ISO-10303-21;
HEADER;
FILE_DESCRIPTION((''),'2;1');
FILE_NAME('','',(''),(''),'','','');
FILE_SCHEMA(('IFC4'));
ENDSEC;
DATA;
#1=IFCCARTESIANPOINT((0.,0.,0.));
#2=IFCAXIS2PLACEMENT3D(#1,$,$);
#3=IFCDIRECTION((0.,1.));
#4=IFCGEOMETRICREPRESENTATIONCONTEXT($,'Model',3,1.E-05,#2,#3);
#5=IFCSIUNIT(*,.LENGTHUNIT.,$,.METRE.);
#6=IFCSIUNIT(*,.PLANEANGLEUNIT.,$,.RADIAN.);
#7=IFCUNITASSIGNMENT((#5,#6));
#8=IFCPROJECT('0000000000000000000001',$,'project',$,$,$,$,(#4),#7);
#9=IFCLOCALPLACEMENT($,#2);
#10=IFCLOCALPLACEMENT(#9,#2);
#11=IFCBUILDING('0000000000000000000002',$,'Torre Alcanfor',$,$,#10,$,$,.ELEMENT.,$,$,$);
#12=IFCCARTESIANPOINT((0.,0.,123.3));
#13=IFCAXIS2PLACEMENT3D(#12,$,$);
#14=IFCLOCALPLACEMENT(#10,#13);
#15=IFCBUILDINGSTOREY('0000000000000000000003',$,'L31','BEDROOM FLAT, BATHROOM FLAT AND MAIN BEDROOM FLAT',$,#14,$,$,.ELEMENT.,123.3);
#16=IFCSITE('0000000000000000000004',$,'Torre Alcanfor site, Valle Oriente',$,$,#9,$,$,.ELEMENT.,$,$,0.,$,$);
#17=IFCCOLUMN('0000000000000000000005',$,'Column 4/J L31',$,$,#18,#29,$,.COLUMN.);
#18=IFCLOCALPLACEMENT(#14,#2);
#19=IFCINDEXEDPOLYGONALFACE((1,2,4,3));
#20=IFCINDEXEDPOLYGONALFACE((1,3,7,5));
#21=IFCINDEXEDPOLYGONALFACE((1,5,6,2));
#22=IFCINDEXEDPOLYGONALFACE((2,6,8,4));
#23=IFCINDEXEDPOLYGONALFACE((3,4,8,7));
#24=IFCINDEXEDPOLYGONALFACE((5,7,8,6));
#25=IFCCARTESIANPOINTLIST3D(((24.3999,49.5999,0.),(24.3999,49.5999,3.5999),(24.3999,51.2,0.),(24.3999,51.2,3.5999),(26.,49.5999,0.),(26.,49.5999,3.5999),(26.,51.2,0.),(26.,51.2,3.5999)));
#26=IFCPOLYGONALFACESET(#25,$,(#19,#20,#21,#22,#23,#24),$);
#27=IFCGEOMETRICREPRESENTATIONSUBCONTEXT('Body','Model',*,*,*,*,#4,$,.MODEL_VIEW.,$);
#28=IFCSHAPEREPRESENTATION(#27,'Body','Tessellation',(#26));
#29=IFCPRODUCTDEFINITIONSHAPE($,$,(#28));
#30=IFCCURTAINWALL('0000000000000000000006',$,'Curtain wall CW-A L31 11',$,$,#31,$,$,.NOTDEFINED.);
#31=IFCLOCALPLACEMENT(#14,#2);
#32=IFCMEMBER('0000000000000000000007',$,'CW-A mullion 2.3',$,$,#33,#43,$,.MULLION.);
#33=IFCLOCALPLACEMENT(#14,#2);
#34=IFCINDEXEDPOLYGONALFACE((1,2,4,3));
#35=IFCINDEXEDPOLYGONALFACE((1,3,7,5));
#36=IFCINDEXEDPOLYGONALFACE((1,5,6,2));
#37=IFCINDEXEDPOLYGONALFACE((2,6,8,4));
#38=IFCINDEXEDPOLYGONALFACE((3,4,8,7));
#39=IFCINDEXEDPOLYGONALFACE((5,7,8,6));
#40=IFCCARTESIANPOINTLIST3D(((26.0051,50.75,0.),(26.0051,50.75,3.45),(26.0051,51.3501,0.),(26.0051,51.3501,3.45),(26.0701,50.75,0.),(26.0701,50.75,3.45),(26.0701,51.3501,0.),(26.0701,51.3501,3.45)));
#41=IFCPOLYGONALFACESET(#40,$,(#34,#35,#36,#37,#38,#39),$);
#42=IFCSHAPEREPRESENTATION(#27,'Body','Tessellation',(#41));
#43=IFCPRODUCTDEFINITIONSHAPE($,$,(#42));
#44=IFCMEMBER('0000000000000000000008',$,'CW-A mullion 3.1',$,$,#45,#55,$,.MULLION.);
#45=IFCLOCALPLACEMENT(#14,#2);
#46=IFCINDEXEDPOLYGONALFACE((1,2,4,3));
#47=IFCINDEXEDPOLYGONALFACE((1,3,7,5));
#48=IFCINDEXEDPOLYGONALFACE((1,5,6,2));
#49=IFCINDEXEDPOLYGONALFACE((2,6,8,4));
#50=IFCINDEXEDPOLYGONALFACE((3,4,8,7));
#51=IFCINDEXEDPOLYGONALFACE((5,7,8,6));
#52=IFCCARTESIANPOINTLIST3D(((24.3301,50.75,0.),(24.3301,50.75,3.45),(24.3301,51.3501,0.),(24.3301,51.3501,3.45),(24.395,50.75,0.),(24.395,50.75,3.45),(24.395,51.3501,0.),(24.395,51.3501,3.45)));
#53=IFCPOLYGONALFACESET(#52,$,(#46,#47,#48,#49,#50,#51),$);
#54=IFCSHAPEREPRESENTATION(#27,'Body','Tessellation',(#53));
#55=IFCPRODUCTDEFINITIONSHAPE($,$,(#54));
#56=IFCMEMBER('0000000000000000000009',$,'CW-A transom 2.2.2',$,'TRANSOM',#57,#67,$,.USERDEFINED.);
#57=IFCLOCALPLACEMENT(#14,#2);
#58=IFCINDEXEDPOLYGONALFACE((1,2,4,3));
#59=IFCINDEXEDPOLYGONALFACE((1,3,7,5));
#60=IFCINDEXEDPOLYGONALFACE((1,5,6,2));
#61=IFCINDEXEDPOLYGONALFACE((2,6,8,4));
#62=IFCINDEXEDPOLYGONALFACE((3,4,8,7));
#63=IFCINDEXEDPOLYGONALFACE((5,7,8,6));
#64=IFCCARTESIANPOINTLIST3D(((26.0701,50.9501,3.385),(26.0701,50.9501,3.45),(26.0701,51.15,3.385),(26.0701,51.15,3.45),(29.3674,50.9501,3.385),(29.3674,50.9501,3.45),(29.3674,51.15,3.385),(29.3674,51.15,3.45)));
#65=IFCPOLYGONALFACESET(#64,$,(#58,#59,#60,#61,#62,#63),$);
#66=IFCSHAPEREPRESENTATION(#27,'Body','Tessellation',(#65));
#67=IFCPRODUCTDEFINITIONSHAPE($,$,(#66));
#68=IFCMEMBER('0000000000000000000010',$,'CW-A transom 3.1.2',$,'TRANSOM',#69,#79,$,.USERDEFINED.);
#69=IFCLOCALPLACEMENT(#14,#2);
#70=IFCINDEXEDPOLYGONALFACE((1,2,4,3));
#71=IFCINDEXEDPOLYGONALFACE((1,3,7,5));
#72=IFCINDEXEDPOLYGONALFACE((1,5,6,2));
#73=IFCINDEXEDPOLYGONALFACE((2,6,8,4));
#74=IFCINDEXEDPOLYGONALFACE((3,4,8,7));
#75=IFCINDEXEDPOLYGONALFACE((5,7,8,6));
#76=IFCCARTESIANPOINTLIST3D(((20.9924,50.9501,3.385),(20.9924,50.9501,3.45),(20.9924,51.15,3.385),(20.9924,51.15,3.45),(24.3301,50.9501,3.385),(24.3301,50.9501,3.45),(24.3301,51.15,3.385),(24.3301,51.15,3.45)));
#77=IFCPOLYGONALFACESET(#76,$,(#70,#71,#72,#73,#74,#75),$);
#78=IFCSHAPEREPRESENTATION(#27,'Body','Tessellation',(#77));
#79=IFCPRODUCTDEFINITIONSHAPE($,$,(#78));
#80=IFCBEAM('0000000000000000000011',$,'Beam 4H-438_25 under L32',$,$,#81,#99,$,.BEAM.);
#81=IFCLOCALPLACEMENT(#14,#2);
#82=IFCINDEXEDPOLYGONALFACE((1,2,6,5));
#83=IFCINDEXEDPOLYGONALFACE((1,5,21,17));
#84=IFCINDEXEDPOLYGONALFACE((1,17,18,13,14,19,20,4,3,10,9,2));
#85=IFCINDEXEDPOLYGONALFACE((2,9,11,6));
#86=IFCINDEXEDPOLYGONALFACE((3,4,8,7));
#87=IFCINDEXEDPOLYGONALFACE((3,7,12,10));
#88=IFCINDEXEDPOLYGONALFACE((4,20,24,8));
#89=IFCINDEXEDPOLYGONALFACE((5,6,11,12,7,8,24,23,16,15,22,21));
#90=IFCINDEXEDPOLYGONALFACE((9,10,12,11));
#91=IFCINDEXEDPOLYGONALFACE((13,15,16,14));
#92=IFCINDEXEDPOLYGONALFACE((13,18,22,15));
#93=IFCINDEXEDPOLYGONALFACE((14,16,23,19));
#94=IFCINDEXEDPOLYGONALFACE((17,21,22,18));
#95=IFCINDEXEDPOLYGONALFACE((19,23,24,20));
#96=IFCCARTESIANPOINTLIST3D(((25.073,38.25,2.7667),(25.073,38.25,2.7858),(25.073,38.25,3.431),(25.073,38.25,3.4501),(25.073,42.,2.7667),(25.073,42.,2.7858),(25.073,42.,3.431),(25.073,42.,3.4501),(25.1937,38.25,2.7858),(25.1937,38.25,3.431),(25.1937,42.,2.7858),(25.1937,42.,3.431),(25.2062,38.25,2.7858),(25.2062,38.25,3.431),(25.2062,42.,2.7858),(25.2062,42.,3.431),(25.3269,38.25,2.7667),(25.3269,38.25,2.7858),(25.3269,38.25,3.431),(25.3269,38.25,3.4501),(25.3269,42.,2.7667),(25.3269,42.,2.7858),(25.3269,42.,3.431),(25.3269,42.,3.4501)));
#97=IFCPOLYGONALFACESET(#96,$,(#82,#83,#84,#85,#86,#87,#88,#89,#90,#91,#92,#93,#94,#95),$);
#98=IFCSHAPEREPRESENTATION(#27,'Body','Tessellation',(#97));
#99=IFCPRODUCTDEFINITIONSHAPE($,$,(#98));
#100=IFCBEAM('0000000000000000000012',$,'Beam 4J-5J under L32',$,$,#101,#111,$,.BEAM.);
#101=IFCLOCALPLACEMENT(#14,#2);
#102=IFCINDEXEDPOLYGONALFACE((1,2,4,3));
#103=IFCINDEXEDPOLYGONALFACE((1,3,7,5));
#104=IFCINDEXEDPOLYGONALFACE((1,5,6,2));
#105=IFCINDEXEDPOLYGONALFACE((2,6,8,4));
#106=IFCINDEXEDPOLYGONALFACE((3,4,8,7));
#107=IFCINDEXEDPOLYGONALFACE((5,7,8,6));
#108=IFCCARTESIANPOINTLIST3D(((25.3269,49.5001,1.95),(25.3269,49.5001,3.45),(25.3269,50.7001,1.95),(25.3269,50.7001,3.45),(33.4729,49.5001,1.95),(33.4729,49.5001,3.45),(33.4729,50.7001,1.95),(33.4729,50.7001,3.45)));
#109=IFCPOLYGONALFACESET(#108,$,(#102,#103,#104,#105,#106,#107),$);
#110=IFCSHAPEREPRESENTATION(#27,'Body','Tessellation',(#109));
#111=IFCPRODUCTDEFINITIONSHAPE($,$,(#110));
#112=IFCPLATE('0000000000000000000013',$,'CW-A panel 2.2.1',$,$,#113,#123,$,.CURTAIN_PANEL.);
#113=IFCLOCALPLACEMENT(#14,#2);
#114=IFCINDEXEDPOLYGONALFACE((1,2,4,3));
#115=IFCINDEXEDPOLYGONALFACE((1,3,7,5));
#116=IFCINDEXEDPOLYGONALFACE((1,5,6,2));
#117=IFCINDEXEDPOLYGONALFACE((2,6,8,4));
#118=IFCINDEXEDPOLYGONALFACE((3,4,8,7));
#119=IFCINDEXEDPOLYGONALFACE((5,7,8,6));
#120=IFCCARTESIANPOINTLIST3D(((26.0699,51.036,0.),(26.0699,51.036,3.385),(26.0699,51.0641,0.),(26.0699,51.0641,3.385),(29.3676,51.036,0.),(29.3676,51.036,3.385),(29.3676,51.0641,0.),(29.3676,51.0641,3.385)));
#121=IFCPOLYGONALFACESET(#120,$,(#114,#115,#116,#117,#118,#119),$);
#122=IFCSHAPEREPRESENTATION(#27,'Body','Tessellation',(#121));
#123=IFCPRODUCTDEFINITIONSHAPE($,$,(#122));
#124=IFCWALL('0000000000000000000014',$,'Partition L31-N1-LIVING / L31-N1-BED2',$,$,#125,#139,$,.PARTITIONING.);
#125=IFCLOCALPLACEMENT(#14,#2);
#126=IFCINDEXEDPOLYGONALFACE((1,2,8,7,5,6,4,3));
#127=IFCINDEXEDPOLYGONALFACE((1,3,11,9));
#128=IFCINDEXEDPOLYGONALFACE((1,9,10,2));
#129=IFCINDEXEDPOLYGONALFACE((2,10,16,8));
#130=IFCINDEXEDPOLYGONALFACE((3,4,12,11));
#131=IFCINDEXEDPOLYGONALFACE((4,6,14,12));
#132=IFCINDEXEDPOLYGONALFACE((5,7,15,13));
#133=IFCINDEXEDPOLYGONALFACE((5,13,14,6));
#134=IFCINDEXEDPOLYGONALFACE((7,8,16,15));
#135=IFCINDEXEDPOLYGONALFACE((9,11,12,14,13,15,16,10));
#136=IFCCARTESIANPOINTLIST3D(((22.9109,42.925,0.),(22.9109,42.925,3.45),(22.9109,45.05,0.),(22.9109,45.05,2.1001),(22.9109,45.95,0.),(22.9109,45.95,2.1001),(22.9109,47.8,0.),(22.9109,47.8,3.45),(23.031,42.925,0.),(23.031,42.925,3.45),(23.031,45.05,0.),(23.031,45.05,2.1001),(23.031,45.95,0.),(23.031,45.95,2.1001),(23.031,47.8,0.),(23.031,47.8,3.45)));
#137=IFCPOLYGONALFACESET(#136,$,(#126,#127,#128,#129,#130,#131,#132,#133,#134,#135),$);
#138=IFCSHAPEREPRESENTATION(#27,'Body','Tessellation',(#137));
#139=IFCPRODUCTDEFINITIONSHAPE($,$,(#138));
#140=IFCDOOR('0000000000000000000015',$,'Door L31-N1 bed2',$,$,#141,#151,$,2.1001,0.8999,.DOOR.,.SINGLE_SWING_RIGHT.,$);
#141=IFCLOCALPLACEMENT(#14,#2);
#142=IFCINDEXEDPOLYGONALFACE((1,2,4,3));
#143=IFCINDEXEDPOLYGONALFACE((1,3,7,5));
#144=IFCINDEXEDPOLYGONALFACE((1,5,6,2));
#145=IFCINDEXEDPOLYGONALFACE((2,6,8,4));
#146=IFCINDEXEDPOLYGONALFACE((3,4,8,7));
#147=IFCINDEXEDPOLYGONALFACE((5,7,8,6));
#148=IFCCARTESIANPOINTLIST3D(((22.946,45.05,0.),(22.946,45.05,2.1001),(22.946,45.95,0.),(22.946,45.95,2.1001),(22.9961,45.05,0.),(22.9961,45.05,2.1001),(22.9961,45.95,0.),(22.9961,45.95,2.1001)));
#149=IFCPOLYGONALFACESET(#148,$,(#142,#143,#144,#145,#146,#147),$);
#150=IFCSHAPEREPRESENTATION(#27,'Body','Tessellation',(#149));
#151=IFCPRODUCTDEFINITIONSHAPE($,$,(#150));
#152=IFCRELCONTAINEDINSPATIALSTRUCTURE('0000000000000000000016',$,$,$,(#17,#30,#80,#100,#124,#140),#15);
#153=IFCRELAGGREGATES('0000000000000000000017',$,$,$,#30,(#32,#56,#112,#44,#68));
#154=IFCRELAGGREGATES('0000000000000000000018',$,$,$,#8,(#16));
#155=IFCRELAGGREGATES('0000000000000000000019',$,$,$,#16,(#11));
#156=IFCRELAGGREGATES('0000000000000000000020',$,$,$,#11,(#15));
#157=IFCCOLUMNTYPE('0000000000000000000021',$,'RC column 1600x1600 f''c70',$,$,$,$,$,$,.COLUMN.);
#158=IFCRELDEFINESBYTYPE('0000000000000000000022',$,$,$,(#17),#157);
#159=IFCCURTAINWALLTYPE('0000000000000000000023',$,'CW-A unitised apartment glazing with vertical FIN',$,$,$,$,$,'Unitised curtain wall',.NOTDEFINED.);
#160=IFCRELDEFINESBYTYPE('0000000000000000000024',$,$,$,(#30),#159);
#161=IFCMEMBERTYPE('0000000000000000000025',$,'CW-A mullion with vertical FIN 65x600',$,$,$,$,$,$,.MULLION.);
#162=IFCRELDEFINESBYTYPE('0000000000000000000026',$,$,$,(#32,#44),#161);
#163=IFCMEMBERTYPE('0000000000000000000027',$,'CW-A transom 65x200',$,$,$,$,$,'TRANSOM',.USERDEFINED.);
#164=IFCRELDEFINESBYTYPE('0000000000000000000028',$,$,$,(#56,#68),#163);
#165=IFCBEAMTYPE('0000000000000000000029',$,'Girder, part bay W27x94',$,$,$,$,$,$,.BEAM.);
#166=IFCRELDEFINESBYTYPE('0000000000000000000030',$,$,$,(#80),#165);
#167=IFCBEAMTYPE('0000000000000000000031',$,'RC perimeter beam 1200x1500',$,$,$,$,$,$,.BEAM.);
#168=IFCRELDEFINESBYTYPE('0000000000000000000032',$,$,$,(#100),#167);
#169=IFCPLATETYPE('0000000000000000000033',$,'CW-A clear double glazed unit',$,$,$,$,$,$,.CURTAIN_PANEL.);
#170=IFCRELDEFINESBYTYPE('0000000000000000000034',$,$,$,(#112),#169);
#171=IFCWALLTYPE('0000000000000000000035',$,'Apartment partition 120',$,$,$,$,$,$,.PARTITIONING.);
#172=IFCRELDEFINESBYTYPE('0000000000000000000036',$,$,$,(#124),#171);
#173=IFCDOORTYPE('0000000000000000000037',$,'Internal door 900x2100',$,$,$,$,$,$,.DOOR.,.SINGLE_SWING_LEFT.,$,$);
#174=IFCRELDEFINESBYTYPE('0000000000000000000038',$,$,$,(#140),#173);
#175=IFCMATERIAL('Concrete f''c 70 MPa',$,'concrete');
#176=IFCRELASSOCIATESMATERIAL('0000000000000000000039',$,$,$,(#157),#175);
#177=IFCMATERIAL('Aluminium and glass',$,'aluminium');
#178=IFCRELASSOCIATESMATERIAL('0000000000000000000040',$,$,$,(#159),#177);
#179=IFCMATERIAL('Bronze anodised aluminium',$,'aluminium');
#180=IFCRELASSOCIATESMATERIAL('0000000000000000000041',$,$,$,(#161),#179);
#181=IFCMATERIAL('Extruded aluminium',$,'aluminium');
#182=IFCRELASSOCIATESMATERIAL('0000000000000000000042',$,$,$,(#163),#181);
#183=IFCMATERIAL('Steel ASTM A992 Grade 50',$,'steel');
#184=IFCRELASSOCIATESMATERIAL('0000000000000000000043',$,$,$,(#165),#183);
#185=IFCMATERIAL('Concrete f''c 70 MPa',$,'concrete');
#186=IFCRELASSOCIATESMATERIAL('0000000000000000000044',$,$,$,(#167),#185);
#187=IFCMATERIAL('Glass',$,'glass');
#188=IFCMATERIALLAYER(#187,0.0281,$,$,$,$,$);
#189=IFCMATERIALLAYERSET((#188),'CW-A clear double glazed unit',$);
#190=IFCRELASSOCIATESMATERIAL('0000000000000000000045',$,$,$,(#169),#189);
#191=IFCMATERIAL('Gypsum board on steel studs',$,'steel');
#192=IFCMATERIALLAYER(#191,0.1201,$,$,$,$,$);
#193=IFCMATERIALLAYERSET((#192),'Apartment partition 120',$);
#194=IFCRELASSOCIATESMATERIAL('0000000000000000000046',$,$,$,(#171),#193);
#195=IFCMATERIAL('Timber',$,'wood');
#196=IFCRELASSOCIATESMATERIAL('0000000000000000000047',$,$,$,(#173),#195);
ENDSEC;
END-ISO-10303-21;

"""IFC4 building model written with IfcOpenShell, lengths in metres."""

from ifc_helpers import new_model, si_unit, direction, frame, frame_2d, origin, origin_2d, place, context, subcontext, project, spatial, rectangle, i_section, extrude, material, layer, layer_set, material_profile, profile_set, type_object, element, fill, aggregate, save


model = new_model("IFC4")

# Units and contexts
model_context = context("Model", 3, precision=1e-05, world=origin(), true_north=direction((0.0, 1.0)))
body_context = subcontext(model_context, "Body", "Model", "MODEL_VIEW")
ifc_project = project(units=[si_unit("LENGTHUNIT", "METRE"), si_unit("PLANEANGLEUNIT", "RADIAN")], contexts=[model_context])

# Site, building, storey
site_placement = place(None, origin())
site = spatial("IfcSite", under=ifc_project, at=site_placement, Name="Torre Alcanfor site, Valle Oriente", CompositionType="ELEMENT", RefElevation=0.0)
building_placement = place(site_placement, origin())
building = spatial("IfcBuilding", under=site, at=building_placement, Name="Torre Alcanfor", CompositionType="ELEMENT")
storey_placement = place(building_placement, frame((0.0, 0.0, 123.3)))
storey = spatial("IfcBuildingStorey", under=building, at=storey_placement, Name="L31", Description="BEDROOM FLAT, BATHROOM FLAT AND MAIN BEDROOM FLAT", CompositionType="ELEMENT", Elevation=123.3)

# Column
ifc_material_1 = material(Name="Concrete f'c 70 MPa", Category="concrete")
ifc_material_profile_1 = material_profile(ifc_material_1, rectangle(XDim=1.6001, YDim=1.6001, at=origin_2d()), Name="1600x1600")
ifc_profile_set_1 = profile_set([ifc_material_profile_1], Name="Concrete f'c 70 MPa")
column_type = type_object("IfcColumnType", Name="RC column 1600x1600 f'c70", PredefinedType="COLUMN", material=ifc_profile_set_1)
column_placement = place(storey_placement, frame((25.2, 50.3999, 0.0), z_axis=(0.0, 0.0, 1.0), x_axis=(1.0, 0.0, 0.0)))
element("IfcColumn", 1, at=column_placement, inside=storey, type_object=column_type, Name="Column 4/J L31", PredefinedType="COLUMN", context=body_context, shape_type="SweptSolid", body=[
    extrude(rectangle(XDim=1.6001, YDim=1.6001, at=origin_2d()), origin(), (0.0, 0.0, 1.0), 3.5999),
])

# Curtain wall, members
ifc_material_2 = material(Name="Aluminium and glass", Category="aluminium")
curtain_wall_type = type_object("IfcCurtainWallType", Name="CW-A unitised apartment glazing with vertical FIN", ElementType="Unitised curtain wall", PredefinedType="NOTDEFINED", material=ifc_material_2)
curtain_wall_placement = place(storey_placement, origin())
curtain_wall = element("IfcCurtainWall", 2, at=curtain_wall_placement, inside=storey, type_object=curtain_wall_type, Name="Curtain wall CW-A L31 11", PredefinedType="NOTDEFINED")
ifc_material_3 = material(Name="Bronze anodised aluminium", Category="aluminium")
ifc_material_profile_2 = material_profile(ifc_material_3, rectangle(XDim=0.6001, YDim=0.0649, at=origin_2d()), Name="CW-A mullion 65x600")
ifc_profile_set_2 = profile_set([ifc_material_profile_2], Name="Bronze anodised aluminium")
member_type_1 = type_object("IfcMemberType", Name="CW-A mullion with vertical FIN 65x600", PredefinedType="MULLION", material=ifc_profile_set_2)
member_1_placement = place(storey_placement, frame((26.0376, 51.05, 0.0), z_axis=(0.0, 0.0, 1.0), x_axis=(0.0, -1.0, 0.0)))
member_1 = element("IfcMember", 3, at=member_1_placement, type_object=member_type_1, Name="CW-A mullion 2.3", PredefinedType="MULLION", context=body_context, shape_type="SweptSolid", body=[
    extrude(rectangle(XDim=0.6001, YDim=0.0649, at=origin_2d()), origin(), (0.0, 0.0, 1.0), 3.45),
])
member_2_placement = place(storey_placement, frame((24.3625, 51.05, 0.0), z_axis=(0.0, 0.0, 1.0), x_axis=(0.0, -1.0, 0.0)))
member_2 = element("IfcMember", 4, at=member_2_placement, type_object=member_type_1, Name="CW-A mullion 3.1", PredefinedType="MULLION", context=body_context, shape_type="SweptSolid", body=[
    extrude(rectangle(XDim=0.6001, YDim=0.0649, at=origin_2d()), origin(), (0.0, 0.0, 1.0), 3.45),
])
ifc_material_4 = material(Name="Extruded aluminium", Category="aluminium")
ifc_material_profile_3 = material_profile(ifc_material_4, rectangle(XDim=0.2, YDim=0.0649, at=origin_2d()), Name="CW-A transom 200x65")
ifc_profile_set_3 = profile_set([ifc_material_profile_3], Name="Extruded aluminium")
member_type_2 = type_object("IfcMemberType", Name="CW-A transom 65x200", ElementType="TRANSOM", PredefinedType="USERDEFINED", material=ifc_profile_set_3)
member_3_placement = place(storey_placement, frame((29.3674, 51.05, 3.4175), z_axis=(-1.0, 0.0, 0.0), x_axis=(0.0, -1.0, 0.0)))
member_3 = element("IfcMember", 5, at=member_3_placement, type_object=member_type_2, Name="CW-A transom 2.2.2", ObjectType="TRANSOM", PredefinedType="USERDEFINED", context=body_context, shape_type="SweptSolid", body=[
    extrude(rectangle(XDim=0.2, YDim=0.0649, at=origin_2d()), origin(), (0.0, 0.0, 1.0), 3.2974),
])
member_4_placement = place(storey_placement, frame((24.3301, 51.05, 3.4175), z_axis=(-1.0, 0.0, 0.0), x_axis=(0.0, -1.0, 0.0)))
member_4 = element("IfcMember", 6, at=member_4_placement, type_object=member_type_2, Name="CW-A transom 3.1.2", ObjectType="TRANSOM", PredefinedType="USERDEFINED", context=body_context, shape_type="SweptSolid", body=[
    extrude(rectangle(XDim=0.2, YDim=0.0649, at=origin_2d()), origin(), (0.0, 0.0, 1.0), 3.3376),
])

# Beams
ifc_material_5 = material(Name="Steel ASTM A992 Grade 50", Category="steel")
ifc_material_profile_4 = material_profile(ifc_material_5, i_section(OverallWidth=0.2539, OverallDepth=0.6833, WebThickness=0.0125, FlangeThickness=0.019, at=origin_2d()), Name="W27x94")
ifc_profile_set_4 = profile_set([ifc_material_profile_4], Name="Steel ASTM A992 Grade 50")
beam_type_1 = type_object("IfcBeamType", Name="Girder, part bay W27x94", PredefinedType="BEAM", material=ifc_profile_set_4)
beam_1_placement = place(storey_placement, frame((25.2, 42.0, 3.1084), z_axis=(0.0, -1.0, 0.0), x_axis=(1.0, 0.0, 0.0)))
element("IfcBeam", 7, at=beam_1_placement, inside=storey, type_object=beam_type_1, Name="Beam 4H-438_25 under L32", PredefinedType="BEAM", context=body_context, shape_type="SweptSolid", body=[
    extrude(i_section(OverallWidth=0.2539, OverallDepth=0.6833, WebThickness=0.0125, FlangeThickness=0.019, at=origin_2d()), origin(), (0.0, 0.0, 1.0), 3.75),
])
ifc_material_6 = material(Name="Concrete f'c 70 MPa", Category="concrete")
ifc_material_profile_5 = material_profile(ifc_material_6, rectangle(XDim=1.2, YDim=1.5, at=origin_2d()), Name="1200x1500")
ifc_profile_set_5 = profile_set([ifc_material_profile_5], Name="Concrete f'c 70 MPa")
beam_type_2 = type_object("IfcBeamType", Name="RC perimeter beam 1200x1500", PredefinedType="BEAM", material=ifc_profile_set_5)
beam_2_placement = place(storey_placement, frame((25.3269, 50.1001, 2.7), z_axis=(1.0, 0.0, 0.0), x_axis=(0.0, 1.0, 0.0)))
element("IfcBeam", 8, at=beam_2_placement, inside=storey, type_object=beam_type_2, Name="Beam 4J-5J under L32", PredefinedType="BEAM", context=body_context, shape_type="SweptSolid", body=[
    extrude(rectangle(XDim=1.2, YDim=1.5, at=origin_2d()), origin(), (0.0, 0.0, 1.0), 8.146),
])

# Plate
ifc_material_7 = material(Name="Glass", Category="glass")
ifc_layer_1 = layer(ifc_material_7, 0.0281)
ifc_layer_set_1 = layer_set([ifc_layer_1], Name="CW-A clear double glazed unit")
plate_type = type_object("IfcPlateType", Name="CW-A clear double glazed unit", PredefinedType="CURTAIN_PANEL", material=ifc_layer_set_1)
plate_placement = place(storey_placement, frame((27.7188, 51.05, 0.0), z_axis=(0.0, 0.0, 1.0), x_axis=(-1.0, 0.0, 0.0)))
plate = element("IfcPlate", 9, at=plate_placement, type_object=plate_type, Name="CW-A panel 2.2.1", PredefinedType="CURTAIN_PANEL", context=body_context, shape_type="SweptSolid", body=[
    extrude(rectangle(XDim=3.2976, YDim=0.0281, at=origin_2d()), origin(), (0.0, 0.0, 1.0), 3.385),
])
aggregate(curtain_wall, [member_1, member_3, plate, member_2, member_4])

# Wall, opening, door
ifc_material_8 = material(Name="Gypsum board on steel studs", Category="steel")
ifc_layer_2 = layer(ifc_material_8, 0.1201)
ifc_layer_set_2 = layer_set([ifc_layer_2], Name="Apartment partition 120")
wall_type_1 = type_object("IfcWallType", Name="Apartment partition 120", PredefinedType="PARTITIONING", material=ifc_layer_set_2)
wall_1_placement = place(storey_placement, frame((22.9709, 42.925, 0.0), z_axis=(0.0, 0.0, 1.0), x_axis=(0.0, 1.0, 0.0)))
wall_1 = element("IfcWall", 10, at=wall_1_placement, inside=storey, type_object=wall_type_1, Name="Partition L31-N1-LIVING / L31-N1-BED2", PredefinedType="PARTITIONING", context=body_context, shape_type="SweptSolid", body=[
    extrude(rectangle(XDim=4.875, YDim=0.1201, at=frame_2d((2.4375, 0.0))), origin(), (0.0, 0.0, 1.0), 3.45),
])
opening_1_placement = place(wall_1_placement, frame((2.125, 0.0, 0.0)))
opening_1 = element("IfcOpeningElement", 11, at=opening_1_placement, cuts=wall_1, PredefinedType="OPENING", context=body_context, shape_type="SweptSolid", body=[
    extrude(rectangle(XDim=0.8999, YDim=2.1001, at=frame_2d((0.45, 1.05))), frame((0.0, 0.0701, 0.0), z_axis=(0.0, -1.0, 0.0), x_axis=(1.0, 0.0, 0.0)), (0.0, 0.0, 1.0), 0.1401),
])
ifc_material_9 = material(Name="Timber", Category="wood")
door_type_1 = type_object("IfcDoorType", Name="Internal door 900x2100", OperationType="SINGLE_SWING_LEFT", PredefinedType="DOOR", material=ifc_material_9)
door_1_placement = place(opening_1_placement, origin())
door_1 = element("IfcDoor", 12, at=door_1_placement, inside=storey, type_object=door_type_1, Name="Door L31-N1 bed2", OperationType="SINGLE_SWING_RIGHT", OverallHeight=2.1001, OverallWidth=0.8999, PredefinedType="DOOR", context=body_context, shape_type="SweptSolid", body=[
    extrude(rectangle(XDim=0.8999, YDim=2.1001, at=frame_2d((0.45, 1.05))), frame((0.0, 0.0249, 0.0), z_axis=(0.0, -1.0, 0.0), x_axis=(1.0, 0.0, 0.0)), (0.0, 0.0, 1.0), 0.05),
])
fill(opening_1, door_1)

save(model, "model.ifc")
